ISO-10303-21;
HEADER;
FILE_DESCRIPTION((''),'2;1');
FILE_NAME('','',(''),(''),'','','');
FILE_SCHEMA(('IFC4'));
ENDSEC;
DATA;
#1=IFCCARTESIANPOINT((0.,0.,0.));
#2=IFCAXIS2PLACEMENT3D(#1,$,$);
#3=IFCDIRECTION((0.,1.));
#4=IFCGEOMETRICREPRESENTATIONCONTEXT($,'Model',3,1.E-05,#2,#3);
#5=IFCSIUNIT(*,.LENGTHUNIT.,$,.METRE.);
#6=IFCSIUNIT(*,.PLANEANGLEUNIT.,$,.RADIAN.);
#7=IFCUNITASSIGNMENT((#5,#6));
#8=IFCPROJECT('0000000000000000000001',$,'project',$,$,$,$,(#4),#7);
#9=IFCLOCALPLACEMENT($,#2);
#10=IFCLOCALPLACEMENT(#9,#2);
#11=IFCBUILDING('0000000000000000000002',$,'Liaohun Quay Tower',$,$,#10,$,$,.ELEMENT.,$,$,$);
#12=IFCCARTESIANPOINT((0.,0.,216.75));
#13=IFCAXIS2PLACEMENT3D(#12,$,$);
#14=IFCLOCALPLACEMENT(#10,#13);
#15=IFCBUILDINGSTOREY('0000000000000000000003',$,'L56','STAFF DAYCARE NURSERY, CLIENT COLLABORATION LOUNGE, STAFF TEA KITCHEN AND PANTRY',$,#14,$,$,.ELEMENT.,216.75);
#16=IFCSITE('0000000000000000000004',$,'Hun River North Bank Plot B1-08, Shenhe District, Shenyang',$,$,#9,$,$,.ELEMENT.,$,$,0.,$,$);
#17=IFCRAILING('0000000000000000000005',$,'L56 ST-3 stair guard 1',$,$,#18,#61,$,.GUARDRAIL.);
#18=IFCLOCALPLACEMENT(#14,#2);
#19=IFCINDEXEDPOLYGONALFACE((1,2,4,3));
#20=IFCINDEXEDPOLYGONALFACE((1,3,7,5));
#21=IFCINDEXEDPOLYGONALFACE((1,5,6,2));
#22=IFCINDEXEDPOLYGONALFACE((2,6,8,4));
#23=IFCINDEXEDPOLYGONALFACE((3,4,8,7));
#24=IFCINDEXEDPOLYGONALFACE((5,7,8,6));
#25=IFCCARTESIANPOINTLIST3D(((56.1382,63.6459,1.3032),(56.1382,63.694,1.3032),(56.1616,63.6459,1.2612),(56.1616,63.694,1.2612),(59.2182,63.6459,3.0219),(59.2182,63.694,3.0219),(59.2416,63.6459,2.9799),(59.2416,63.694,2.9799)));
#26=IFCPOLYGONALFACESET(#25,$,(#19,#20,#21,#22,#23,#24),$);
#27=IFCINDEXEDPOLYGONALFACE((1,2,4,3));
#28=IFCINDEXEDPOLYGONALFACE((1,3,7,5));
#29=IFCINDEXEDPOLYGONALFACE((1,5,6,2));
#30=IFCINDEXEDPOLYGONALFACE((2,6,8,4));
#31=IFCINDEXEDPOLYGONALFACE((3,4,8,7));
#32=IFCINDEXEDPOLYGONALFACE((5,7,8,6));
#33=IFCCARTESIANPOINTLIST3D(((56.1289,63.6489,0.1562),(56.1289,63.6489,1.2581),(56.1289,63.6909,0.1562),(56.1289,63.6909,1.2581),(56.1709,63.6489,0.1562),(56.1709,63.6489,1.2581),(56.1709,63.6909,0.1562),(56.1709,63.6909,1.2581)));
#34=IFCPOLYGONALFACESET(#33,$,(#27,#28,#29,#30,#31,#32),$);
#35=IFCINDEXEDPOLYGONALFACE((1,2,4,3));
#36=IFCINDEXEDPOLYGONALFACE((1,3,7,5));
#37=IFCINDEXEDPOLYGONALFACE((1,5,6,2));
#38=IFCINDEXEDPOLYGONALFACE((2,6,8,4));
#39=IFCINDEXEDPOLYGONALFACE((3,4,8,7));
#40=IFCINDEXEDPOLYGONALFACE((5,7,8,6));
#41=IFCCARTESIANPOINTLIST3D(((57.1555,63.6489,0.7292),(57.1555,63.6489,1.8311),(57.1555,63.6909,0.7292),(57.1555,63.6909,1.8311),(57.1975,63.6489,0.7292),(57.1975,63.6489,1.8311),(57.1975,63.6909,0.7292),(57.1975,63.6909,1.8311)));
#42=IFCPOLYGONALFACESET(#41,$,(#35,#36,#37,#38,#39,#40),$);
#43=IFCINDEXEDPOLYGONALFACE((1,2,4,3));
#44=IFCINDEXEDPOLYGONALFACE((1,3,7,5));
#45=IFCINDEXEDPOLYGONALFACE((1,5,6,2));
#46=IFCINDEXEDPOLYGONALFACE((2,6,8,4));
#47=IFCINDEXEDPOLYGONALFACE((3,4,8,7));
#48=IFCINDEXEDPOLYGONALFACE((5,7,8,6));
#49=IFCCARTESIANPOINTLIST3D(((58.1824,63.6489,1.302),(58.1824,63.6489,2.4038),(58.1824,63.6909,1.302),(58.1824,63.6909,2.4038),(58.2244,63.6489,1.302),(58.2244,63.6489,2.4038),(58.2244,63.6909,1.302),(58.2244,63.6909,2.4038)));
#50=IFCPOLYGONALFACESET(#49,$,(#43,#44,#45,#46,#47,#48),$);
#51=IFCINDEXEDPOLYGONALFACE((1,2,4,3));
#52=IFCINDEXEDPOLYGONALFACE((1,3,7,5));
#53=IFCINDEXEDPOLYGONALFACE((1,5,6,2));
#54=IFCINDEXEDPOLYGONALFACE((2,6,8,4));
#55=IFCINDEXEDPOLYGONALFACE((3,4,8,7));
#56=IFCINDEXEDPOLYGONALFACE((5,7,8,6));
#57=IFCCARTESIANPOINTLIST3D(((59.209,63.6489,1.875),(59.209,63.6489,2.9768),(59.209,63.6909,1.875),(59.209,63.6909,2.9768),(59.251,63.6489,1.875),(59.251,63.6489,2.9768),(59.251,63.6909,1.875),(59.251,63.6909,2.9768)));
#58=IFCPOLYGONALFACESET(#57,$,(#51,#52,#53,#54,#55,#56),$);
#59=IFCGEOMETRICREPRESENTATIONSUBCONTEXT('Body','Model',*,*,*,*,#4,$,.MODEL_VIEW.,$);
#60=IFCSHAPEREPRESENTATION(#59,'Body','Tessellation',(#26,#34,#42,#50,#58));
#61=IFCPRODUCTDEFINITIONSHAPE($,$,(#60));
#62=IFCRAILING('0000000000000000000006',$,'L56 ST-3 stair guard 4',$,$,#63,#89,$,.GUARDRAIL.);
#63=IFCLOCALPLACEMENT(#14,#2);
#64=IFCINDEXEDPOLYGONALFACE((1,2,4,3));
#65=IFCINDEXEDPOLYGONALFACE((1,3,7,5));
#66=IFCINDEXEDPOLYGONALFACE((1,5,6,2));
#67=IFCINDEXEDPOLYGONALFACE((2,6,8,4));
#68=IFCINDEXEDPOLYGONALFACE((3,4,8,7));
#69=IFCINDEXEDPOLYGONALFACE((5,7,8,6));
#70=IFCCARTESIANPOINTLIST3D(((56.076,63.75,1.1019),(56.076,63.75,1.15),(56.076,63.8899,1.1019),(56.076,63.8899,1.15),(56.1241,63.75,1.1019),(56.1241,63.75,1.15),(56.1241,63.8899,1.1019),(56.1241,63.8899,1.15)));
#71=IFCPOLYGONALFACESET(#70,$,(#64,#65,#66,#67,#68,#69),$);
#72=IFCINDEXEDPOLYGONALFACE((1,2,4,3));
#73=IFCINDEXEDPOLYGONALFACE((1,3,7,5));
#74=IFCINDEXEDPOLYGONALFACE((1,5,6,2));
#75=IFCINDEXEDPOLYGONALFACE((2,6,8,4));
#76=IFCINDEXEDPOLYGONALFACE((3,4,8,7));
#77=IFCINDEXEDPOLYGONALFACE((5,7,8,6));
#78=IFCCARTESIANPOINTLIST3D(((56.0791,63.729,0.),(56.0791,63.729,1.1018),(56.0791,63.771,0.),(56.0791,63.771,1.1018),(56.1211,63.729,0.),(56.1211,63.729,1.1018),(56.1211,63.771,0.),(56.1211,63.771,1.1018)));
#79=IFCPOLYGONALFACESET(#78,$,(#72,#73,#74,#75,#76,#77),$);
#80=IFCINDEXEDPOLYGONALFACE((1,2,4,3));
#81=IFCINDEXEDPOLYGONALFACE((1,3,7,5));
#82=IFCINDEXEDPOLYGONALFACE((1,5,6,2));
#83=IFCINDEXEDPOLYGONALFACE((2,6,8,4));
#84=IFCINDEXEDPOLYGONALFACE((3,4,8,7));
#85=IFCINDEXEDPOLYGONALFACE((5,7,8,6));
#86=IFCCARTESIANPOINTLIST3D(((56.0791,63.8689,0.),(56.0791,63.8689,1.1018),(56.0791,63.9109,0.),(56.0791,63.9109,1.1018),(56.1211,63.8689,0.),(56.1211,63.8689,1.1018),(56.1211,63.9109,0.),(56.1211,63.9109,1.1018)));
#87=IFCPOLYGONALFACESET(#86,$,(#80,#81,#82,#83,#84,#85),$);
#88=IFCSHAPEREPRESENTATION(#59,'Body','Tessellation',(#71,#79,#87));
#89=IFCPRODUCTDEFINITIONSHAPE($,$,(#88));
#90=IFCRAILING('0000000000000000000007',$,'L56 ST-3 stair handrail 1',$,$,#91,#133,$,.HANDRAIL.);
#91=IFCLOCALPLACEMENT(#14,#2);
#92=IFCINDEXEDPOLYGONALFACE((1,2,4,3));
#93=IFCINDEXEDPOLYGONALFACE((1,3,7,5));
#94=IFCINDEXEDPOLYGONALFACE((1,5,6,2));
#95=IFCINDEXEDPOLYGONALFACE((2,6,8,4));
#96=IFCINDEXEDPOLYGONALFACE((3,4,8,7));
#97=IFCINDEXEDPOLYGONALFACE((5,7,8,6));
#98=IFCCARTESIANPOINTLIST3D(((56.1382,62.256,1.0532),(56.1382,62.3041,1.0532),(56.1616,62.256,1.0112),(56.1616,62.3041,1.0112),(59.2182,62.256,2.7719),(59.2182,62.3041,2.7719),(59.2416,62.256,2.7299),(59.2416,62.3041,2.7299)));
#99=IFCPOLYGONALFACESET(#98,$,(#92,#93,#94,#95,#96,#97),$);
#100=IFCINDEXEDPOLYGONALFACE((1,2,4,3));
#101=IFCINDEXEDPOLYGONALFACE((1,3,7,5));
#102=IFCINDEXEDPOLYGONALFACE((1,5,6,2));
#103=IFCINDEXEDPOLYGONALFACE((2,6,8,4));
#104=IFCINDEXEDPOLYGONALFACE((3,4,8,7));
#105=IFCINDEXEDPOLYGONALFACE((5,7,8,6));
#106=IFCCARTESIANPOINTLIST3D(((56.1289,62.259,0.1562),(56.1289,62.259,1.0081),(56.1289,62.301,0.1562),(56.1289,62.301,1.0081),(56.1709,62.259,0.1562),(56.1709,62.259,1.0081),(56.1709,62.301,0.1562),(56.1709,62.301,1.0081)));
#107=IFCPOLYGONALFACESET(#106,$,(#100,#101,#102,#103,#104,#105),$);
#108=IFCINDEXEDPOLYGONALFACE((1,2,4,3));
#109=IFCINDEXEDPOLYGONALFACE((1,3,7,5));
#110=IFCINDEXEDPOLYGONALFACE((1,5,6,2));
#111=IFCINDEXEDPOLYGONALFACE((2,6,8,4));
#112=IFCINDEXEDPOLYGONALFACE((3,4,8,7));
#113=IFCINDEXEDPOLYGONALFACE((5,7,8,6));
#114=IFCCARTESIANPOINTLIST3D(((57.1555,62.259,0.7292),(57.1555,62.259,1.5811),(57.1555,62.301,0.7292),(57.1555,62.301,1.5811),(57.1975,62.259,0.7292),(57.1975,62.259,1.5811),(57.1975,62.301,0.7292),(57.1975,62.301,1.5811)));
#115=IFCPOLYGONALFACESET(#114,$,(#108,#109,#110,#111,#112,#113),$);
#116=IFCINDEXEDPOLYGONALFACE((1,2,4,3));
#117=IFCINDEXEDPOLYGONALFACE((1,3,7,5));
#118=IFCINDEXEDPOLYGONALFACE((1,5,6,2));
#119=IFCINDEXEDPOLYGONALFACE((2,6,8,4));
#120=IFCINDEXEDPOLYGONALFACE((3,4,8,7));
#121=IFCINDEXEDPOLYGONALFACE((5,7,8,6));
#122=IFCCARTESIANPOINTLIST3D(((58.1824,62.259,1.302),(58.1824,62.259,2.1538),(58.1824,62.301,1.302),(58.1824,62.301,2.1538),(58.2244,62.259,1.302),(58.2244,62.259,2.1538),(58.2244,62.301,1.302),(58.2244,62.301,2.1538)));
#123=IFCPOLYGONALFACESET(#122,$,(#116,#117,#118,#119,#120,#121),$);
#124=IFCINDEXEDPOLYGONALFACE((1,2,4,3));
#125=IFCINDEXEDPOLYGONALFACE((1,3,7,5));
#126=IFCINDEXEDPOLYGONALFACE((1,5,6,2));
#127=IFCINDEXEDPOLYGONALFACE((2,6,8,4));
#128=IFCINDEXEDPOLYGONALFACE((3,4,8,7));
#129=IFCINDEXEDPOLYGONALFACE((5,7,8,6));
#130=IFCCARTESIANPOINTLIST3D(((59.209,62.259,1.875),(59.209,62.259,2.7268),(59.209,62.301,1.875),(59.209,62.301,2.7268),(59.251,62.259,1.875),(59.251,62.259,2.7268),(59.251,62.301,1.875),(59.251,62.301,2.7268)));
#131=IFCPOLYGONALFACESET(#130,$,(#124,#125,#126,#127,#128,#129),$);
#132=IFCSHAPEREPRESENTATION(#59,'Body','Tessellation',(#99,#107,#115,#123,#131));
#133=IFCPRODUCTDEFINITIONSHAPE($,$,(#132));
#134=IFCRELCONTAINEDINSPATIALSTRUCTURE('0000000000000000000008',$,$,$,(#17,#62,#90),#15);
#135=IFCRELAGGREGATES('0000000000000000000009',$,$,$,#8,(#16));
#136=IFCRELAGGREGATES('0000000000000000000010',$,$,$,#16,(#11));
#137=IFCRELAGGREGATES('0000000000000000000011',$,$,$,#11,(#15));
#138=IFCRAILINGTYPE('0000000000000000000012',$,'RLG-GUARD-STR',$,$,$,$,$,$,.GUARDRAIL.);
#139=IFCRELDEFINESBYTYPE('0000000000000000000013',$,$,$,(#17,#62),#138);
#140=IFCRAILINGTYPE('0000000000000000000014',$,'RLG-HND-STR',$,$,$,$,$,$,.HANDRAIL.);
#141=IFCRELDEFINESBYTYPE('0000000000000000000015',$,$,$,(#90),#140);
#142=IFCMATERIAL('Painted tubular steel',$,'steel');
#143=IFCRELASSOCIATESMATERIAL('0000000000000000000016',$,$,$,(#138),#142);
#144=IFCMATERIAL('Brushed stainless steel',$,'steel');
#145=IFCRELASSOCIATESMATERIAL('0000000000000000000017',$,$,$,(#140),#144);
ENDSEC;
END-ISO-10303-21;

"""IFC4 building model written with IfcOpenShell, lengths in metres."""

from ifc_helpers import new_model, si_unit, direction, frame, origin, origin_2d, place, context, subcontext, project, spatial, rectangle, extrude, material, type_object, element, save


model = new_model("IFC4")

# Units and contexts
model_context = context("Model", 3, precision=1e-05, world=origin(), true_north=direction((0.0, 1.0)))
body_context = subcontext(model_context, "Body", "Model", "MODEL_VIEW")
ifc_project = project(units=[si_unit("LENGTHUNIT", "METRE"), si_unit("PLANEANGLEUNIT", "RADIAN")], contexts=[model_context])

# Site, building, storey
site_placement = place(None, origin())
site = spatial("IfcSite", under=ifc_project, at=site_placement, Name="Hun River North Bank Plot B1-08, Shenhe District, Shenyang", CompositionType="ELEMENT", RefElevation=0.0)
building_placement = place(site_placement, origin())
building = spatial("IfcBuilding", under=site, at=building_placement, Name="Liaohun Quay Tower", CompositionType="ELEMENT")
storey_placement = place(building_placement, frame((0.0, 0.0, 216.75)))
storey = spatial("IfcBuildingStorey", under=building, at=storey_placement, Name="L56", Description="STAFF DAYCARE NURSERY, CLIENT COLLABORATION LOUNGE, STAFF TEA KITCHEN AND PANTRY", CompositionType="ELEMENT", Elevation=216.75)

# Railings
ifc_material_1 = material(Name="Painted tubular steel", Category="steel")
railing_type_1 = type_object("IfcRailingType", Name="RLG-GUARD-STR", PredefinedType="GUARDRAIL", material=ifc_material_1)
railing_1_placement = place(storey_placement, frame((56.1499, 63.6699, 0.1562)))
element("IfcRailing", 1, at=railing_1_placement, inside=storey, type_object=railing_type_1, Name="L56 ST-3 stair guard 1", PredefinedType="GUARDRAIL", context=body_context, shape_type="SweptSolid", body=[
    extrude(rectangle(XDim=0.0481, YDim=0.0481, at=origin_2d()), frame((0.0, 0.0, 1.126), z_axis=(0.873242, 0.0, 0.487288), x_axis=(0.0, 1.0, 0.0)), (0.0, 0.0, 1.0), 3.5271),
    extrude(rectangle(XDim=0.042, YDim=0.042, at=origin_2d()), origin(), (0.0, 0.0, 1.0), 1.1018),
    extrude(rectangle(XDim=0.042, YDim=0.042, at=origin_2d()), frame((1.0266, 0.0, 0.573)), (0.0, 0.0, 1.0), 1.1018),
    extrude(rectangle(XDim=0.042, YDim=0.042, at=origin_2d()), frame((2.0535, 0.0, 1.1458)), (0.0, 0.0, 1.0), 1.1018),
    extrude(rectangle(XDim=0.042, YDim=0.042, at=origin_2d()), frame((3.0801, 0.0, 1.7188)), (0.0, 0.0, 1.0), 1.1018),
])
railing_2_placement = place(storey_placement, frame((56.1001, 63.75, 0.0)))
element("IfcRailing", 2, at=railing_2_placement, inside=storey, type_object=railing_type_1, Name="L56 ST-3 stair guard 4", PredefinedType="GUARDRAIL", context=body_context, shape_type="SweptSolid", body=[
    extrude(rectangle(XDim=0.0481, YDim=0.0481, at=origin_2d()), frame((0.0, 0.0, 1.126), z_axis=(0.0, 1.0, 0.0), x_axis=(-1.0, 0.0, 0.0)), (0.0, 0.0, 1.0), 0.1399),
    extrude(rectangle(XDim=0.042, YDim=0.042, at=origin_2d()), origin(), (0.0, 0.0, 1.0), 1.1018),
    extrude(rectangle(XDim=0.042, YDim=0.042, at=origin_2d()), frame((0.0, 0.1399, 0.0)), (0.0, 0.0, 1.0), 1.1018),
])
ifc_material_2 = material(Name="Brushed stainless steel", Category="steel")
railing_type_2 = type_object("IfcRailingType", Name="RLG-HND-STR", PredefinedType="HANDRAIL", material=ifc_material_2)
railing_3_placement = place(storey_placement, frame((56.1499, 62.28, 0.1562)))
element("IfcRailing", 3, at=railing_3_placement, inside=storey, type_object=railing_type_2, Name="L56 ST-3 stair handrail 1", PredefinedType="HANDRAIL", context=body_context, shape_type="SweptSolid", body=[
    extrude(rectangle(XDim=0.0481, YDim=0.0481, at=origin_2d()), frame((0.0, 0.0, 0.876), z_axis=(0.873242, 0.0, 0.487288), x_axis=(0.0, 1.0, 0.0)), (0.0, 0.0, 1.0), 3.5271),
    extrude(rectangle(XDim=0.042, YDim=0.042, at=origin_2d()), origin(), (0.0, 0.0, 1.0), 0.8518),
    extrude(rectangle(XDim=0.042, YDim=0.042, at=origin_2d()), frame((1.0266, 0.0, 0.573)), (0.0, 0.0, 1.0), 0.8518),
    extrude(rectangle(XDim=0.042, YDim=0.042, at=origin_2d()), frame((2.0535, 0.0, 1.1458)), (0.0, 0.0, 1.0), 0.8518),
    extrude(rectangle(XDim=0.042, YDim=0.042, at=origin_2d()), frame((3.0801, 0.0, 1.7188)), (0.0, 0.0, 1.0), 0.8518),
])

save(model, "model.ifc")
